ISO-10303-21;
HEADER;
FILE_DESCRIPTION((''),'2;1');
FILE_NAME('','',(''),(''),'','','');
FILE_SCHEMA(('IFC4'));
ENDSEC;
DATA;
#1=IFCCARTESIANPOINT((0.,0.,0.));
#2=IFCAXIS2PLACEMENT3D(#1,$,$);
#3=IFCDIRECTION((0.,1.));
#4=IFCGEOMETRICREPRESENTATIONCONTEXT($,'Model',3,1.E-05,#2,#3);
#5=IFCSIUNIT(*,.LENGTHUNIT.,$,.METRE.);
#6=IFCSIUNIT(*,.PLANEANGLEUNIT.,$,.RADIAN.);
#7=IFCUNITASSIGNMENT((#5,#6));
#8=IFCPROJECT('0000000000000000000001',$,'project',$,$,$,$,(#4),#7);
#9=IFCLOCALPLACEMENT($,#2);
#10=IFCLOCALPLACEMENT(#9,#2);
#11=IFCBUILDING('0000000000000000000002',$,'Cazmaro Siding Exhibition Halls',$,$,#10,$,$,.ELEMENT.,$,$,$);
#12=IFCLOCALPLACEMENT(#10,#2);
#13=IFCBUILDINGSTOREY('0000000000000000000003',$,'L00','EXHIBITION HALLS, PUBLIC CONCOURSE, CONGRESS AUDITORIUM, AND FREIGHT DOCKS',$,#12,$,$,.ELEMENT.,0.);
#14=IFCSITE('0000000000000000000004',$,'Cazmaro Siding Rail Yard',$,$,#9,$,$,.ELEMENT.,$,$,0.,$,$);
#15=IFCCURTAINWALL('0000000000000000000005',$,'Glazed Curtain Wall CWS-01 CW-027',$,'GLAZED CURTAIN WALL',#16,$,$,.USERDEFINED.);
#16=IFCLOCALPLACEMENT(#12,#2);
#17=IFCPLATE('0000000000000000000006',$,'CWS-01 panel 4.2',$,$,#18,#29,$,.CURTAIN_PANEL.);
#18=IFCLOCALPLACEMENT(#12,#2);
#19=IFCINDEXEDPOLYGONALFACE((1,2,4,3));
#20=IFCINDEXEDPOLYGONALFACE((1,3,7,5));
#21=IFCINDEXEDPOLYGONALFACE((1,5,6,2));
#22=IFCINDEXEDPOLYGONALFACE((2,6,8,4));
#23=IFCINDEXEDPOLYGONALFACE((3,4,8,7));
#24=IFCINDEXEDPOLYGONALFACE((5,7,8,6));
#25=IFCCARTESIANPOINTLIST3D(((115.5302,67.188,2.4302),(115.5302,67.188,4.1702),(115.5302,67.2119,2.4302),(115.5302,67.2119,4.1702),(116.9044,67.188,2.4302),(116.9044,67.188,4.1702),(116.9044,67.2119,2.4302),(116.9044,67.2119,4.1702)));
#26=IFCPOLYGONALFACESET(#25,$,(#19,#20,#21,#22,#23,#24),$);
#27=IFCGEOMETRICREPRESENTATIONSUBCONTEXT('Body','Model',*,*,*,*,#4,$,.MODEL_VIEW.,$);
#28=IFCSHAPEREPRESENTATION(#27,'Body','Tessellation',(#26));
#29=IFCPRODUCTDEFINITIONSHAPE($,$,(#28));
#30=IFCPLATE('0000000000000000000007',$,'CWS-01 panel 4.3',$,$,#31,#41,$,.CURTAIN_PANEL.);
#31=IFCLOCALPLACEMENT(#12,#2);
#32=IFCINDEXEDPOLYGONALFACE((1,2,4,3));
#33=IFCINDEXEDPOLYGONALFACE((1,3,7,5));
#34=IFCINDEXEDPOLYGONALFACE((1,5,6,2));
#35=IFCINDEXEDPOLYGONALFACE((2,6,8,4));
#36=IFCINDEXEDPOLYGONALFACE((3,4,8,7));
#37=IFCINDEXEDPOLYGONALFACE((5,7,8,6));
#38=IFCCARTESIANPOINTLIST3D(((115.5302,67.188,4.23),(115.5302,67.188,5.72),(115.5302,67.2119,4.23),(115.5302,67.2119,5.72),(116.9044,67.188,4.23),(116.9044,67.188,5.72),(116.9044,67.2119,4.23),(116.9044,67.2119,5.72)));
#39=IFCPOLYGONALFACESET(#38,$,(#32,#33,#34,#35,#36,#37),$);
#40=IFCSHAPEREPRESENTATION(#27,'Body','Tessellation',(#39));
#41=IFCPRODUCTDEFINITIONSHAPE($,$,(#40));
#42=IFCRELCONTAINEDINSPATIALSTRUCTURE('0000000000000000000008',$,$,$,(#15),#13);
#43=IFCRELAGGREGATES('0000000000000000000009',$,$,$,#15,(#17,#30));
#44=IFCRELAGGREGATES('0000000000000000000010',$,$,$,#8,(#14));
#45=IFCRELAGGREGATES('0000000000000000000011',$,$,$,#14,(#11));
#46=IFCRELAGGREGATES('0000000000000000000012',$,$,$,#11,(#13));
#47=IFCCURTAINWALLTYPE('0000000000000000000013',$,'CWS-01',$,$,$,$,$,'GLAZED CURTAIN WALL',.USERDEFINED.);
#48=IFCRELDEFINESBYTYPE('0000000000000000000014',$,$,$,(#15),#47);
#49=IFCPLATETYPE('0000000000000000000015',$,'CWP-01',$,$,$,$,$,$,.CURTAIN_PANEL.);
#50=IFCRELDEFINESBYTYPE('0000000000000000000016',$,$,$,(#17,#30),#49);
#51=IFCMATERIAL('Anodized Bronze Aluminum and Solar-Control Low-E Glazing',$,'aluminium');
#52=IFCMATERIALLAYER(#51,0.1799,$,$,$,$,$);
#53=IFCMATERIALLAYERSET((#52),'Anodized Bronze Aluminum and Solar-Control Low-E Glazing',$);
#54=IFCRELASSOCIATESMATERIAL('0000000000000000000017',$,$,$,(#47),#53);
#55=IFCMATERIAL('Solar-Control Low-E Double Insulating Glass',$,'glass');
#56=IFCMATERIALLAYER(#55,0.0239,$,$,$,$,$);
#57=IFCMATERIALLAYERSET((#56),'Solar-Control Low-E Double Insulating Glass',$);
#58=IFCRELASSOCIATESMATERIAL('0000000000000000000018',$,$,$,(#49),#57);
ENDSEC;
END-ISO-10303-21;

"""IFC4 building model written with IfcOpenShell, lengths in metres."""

from ifc_helpers import new_model, si_unit, direction, frame, origin, origin_2d, place, context, subcontext, project, spatial, rectangle, extrude, material, layer, layer_set, type_object, element, aggregate, save


model = new_model("IFC4")

# Units and contexts
model_context = context("Model", 3, precision=1e-05, world=origin(), true_north=direction((0.0, 1.0)))
body_context = subcontext(model_context, "Body", "Model", "MODEL_VIEW")
ifc_project = project(units=[si_unit("LENGTHUNIT", "METRE"), si_unit("PLANEANGLEUNIT", "RADIAN")], contexts=[model_context])

# Site, building, storey
site_placement = place(None, origin())
site = spatial("IfcSite", under=ifc_project, at=site_placement, Name="Cazmaro Siding Rail Yard", CompositionType="ELEMENT", RefElevation=0.0)
building_placement = place(site_placement, origin())
building = spatial("IfcBuilding", under=site, at=building_placement, Name="Cazmaro Siding Exhibition Halls", CompositionType="ELEMENT")
storey_placement = place(building_placement, origin())
storey = spatial("IfcBuildingStorey", under=building, at=storey_placement, Name="L00", Description="EXHIBITION HALLS, PUBLIC CONCOURSE, CONGRESS AUDITORIUM, AND FREIGHT DOCKS", CompositionType="ELEMENT", Elevation=0.0)

# Curtain wall, plates
ifc_material_1 = material(Name="Anodized Bronze Aluminum and Solar-Control Low-E Glazing", Category="aluminium")
ifc_layer_1 = layer(ifc_material_1, 0.1799)
ifc_layer_set_1 = layer_set([ifc_layer_1], Name="Anodized Bronze Aluminum and Solar-Control Low-E Glazing")
curtain_wall_type = type_object("IfcCurtainWallType", Name="CWS-01", ElementType="GLAZED CURTAIN WALL", PredefinedType="USERDEFINED", material=ifc_layer_set_1)
curtain_wall_placement = place(storey_placement, origin())
curtain_wall = element("IfcCurtainWall", 1, at=curtain_wall_placement, inside=storey, type_object=curtain_wall_type, Name="Glazed Curtain Wall CWS-01 CW-027", ObjectType="GLAZED CURTAIN WALL", PredefinedType="USERDEFINED")
ifc_material_2 = material(Name="Solar-Control Low-E Double Insulating Glass", Category="glass")
ifc_layer_2 = layer(ifc_material_2, 0.0239)
ifc_layer_set_2 = layer_set([ifc_layer_2], Name="Solar-Control Low-E Double Insulating Glass")
plate_type = type_object("IfcPlateType", Name="CWP-01", PredefinedType="CURTAIN_PANEL", material=ifc_layer_set_2)
plate_1_placement = place(storey_placement, frame((116.2173, 67.2, 2.4302), z_axis=(0.0, 0.0, 1.0), x_axis=(1.0, 0.0, 0.0)))
plate_1 = element("IfcPlate", 2, at=plate_1_placement, type_object=plate_type, Name="CWS-01 panel 4.2", PredefinedType="CURTAIN_PANEL", context=body_context, shape_type="SweptSolid", body=[
    extrude(rectangle(XDim=1.3743, YDim=0.0239, at=origin_2d()), origin(), (0.0, 0.0, 1.0), 1.74),
])
plate_2_placement = place(storey_placement, frame((116.2173, 67.2, 4.23), z_axis=(0.0, 0.0, 1.0), x_axis=(1.0, 0.0, 0.0)))
plate_2 = element("IfcPlate", 3, at=plate_2_placement, type_object=plate_type, Name="CWS-01 panel 4.3", PredefinedType="CURTAIN_PANEL", context=body_context, shape_type="SweptSolid", body=[
    extrude(rectangle(XDim=1.3743, YDim=0.0239, at=origin_2d()), origin(), (0.0, 0.0, 1.0), 1.49),
])
aggregate(curtain_wall, [plate_1, plate_2])

save(model, "model.ifc")
